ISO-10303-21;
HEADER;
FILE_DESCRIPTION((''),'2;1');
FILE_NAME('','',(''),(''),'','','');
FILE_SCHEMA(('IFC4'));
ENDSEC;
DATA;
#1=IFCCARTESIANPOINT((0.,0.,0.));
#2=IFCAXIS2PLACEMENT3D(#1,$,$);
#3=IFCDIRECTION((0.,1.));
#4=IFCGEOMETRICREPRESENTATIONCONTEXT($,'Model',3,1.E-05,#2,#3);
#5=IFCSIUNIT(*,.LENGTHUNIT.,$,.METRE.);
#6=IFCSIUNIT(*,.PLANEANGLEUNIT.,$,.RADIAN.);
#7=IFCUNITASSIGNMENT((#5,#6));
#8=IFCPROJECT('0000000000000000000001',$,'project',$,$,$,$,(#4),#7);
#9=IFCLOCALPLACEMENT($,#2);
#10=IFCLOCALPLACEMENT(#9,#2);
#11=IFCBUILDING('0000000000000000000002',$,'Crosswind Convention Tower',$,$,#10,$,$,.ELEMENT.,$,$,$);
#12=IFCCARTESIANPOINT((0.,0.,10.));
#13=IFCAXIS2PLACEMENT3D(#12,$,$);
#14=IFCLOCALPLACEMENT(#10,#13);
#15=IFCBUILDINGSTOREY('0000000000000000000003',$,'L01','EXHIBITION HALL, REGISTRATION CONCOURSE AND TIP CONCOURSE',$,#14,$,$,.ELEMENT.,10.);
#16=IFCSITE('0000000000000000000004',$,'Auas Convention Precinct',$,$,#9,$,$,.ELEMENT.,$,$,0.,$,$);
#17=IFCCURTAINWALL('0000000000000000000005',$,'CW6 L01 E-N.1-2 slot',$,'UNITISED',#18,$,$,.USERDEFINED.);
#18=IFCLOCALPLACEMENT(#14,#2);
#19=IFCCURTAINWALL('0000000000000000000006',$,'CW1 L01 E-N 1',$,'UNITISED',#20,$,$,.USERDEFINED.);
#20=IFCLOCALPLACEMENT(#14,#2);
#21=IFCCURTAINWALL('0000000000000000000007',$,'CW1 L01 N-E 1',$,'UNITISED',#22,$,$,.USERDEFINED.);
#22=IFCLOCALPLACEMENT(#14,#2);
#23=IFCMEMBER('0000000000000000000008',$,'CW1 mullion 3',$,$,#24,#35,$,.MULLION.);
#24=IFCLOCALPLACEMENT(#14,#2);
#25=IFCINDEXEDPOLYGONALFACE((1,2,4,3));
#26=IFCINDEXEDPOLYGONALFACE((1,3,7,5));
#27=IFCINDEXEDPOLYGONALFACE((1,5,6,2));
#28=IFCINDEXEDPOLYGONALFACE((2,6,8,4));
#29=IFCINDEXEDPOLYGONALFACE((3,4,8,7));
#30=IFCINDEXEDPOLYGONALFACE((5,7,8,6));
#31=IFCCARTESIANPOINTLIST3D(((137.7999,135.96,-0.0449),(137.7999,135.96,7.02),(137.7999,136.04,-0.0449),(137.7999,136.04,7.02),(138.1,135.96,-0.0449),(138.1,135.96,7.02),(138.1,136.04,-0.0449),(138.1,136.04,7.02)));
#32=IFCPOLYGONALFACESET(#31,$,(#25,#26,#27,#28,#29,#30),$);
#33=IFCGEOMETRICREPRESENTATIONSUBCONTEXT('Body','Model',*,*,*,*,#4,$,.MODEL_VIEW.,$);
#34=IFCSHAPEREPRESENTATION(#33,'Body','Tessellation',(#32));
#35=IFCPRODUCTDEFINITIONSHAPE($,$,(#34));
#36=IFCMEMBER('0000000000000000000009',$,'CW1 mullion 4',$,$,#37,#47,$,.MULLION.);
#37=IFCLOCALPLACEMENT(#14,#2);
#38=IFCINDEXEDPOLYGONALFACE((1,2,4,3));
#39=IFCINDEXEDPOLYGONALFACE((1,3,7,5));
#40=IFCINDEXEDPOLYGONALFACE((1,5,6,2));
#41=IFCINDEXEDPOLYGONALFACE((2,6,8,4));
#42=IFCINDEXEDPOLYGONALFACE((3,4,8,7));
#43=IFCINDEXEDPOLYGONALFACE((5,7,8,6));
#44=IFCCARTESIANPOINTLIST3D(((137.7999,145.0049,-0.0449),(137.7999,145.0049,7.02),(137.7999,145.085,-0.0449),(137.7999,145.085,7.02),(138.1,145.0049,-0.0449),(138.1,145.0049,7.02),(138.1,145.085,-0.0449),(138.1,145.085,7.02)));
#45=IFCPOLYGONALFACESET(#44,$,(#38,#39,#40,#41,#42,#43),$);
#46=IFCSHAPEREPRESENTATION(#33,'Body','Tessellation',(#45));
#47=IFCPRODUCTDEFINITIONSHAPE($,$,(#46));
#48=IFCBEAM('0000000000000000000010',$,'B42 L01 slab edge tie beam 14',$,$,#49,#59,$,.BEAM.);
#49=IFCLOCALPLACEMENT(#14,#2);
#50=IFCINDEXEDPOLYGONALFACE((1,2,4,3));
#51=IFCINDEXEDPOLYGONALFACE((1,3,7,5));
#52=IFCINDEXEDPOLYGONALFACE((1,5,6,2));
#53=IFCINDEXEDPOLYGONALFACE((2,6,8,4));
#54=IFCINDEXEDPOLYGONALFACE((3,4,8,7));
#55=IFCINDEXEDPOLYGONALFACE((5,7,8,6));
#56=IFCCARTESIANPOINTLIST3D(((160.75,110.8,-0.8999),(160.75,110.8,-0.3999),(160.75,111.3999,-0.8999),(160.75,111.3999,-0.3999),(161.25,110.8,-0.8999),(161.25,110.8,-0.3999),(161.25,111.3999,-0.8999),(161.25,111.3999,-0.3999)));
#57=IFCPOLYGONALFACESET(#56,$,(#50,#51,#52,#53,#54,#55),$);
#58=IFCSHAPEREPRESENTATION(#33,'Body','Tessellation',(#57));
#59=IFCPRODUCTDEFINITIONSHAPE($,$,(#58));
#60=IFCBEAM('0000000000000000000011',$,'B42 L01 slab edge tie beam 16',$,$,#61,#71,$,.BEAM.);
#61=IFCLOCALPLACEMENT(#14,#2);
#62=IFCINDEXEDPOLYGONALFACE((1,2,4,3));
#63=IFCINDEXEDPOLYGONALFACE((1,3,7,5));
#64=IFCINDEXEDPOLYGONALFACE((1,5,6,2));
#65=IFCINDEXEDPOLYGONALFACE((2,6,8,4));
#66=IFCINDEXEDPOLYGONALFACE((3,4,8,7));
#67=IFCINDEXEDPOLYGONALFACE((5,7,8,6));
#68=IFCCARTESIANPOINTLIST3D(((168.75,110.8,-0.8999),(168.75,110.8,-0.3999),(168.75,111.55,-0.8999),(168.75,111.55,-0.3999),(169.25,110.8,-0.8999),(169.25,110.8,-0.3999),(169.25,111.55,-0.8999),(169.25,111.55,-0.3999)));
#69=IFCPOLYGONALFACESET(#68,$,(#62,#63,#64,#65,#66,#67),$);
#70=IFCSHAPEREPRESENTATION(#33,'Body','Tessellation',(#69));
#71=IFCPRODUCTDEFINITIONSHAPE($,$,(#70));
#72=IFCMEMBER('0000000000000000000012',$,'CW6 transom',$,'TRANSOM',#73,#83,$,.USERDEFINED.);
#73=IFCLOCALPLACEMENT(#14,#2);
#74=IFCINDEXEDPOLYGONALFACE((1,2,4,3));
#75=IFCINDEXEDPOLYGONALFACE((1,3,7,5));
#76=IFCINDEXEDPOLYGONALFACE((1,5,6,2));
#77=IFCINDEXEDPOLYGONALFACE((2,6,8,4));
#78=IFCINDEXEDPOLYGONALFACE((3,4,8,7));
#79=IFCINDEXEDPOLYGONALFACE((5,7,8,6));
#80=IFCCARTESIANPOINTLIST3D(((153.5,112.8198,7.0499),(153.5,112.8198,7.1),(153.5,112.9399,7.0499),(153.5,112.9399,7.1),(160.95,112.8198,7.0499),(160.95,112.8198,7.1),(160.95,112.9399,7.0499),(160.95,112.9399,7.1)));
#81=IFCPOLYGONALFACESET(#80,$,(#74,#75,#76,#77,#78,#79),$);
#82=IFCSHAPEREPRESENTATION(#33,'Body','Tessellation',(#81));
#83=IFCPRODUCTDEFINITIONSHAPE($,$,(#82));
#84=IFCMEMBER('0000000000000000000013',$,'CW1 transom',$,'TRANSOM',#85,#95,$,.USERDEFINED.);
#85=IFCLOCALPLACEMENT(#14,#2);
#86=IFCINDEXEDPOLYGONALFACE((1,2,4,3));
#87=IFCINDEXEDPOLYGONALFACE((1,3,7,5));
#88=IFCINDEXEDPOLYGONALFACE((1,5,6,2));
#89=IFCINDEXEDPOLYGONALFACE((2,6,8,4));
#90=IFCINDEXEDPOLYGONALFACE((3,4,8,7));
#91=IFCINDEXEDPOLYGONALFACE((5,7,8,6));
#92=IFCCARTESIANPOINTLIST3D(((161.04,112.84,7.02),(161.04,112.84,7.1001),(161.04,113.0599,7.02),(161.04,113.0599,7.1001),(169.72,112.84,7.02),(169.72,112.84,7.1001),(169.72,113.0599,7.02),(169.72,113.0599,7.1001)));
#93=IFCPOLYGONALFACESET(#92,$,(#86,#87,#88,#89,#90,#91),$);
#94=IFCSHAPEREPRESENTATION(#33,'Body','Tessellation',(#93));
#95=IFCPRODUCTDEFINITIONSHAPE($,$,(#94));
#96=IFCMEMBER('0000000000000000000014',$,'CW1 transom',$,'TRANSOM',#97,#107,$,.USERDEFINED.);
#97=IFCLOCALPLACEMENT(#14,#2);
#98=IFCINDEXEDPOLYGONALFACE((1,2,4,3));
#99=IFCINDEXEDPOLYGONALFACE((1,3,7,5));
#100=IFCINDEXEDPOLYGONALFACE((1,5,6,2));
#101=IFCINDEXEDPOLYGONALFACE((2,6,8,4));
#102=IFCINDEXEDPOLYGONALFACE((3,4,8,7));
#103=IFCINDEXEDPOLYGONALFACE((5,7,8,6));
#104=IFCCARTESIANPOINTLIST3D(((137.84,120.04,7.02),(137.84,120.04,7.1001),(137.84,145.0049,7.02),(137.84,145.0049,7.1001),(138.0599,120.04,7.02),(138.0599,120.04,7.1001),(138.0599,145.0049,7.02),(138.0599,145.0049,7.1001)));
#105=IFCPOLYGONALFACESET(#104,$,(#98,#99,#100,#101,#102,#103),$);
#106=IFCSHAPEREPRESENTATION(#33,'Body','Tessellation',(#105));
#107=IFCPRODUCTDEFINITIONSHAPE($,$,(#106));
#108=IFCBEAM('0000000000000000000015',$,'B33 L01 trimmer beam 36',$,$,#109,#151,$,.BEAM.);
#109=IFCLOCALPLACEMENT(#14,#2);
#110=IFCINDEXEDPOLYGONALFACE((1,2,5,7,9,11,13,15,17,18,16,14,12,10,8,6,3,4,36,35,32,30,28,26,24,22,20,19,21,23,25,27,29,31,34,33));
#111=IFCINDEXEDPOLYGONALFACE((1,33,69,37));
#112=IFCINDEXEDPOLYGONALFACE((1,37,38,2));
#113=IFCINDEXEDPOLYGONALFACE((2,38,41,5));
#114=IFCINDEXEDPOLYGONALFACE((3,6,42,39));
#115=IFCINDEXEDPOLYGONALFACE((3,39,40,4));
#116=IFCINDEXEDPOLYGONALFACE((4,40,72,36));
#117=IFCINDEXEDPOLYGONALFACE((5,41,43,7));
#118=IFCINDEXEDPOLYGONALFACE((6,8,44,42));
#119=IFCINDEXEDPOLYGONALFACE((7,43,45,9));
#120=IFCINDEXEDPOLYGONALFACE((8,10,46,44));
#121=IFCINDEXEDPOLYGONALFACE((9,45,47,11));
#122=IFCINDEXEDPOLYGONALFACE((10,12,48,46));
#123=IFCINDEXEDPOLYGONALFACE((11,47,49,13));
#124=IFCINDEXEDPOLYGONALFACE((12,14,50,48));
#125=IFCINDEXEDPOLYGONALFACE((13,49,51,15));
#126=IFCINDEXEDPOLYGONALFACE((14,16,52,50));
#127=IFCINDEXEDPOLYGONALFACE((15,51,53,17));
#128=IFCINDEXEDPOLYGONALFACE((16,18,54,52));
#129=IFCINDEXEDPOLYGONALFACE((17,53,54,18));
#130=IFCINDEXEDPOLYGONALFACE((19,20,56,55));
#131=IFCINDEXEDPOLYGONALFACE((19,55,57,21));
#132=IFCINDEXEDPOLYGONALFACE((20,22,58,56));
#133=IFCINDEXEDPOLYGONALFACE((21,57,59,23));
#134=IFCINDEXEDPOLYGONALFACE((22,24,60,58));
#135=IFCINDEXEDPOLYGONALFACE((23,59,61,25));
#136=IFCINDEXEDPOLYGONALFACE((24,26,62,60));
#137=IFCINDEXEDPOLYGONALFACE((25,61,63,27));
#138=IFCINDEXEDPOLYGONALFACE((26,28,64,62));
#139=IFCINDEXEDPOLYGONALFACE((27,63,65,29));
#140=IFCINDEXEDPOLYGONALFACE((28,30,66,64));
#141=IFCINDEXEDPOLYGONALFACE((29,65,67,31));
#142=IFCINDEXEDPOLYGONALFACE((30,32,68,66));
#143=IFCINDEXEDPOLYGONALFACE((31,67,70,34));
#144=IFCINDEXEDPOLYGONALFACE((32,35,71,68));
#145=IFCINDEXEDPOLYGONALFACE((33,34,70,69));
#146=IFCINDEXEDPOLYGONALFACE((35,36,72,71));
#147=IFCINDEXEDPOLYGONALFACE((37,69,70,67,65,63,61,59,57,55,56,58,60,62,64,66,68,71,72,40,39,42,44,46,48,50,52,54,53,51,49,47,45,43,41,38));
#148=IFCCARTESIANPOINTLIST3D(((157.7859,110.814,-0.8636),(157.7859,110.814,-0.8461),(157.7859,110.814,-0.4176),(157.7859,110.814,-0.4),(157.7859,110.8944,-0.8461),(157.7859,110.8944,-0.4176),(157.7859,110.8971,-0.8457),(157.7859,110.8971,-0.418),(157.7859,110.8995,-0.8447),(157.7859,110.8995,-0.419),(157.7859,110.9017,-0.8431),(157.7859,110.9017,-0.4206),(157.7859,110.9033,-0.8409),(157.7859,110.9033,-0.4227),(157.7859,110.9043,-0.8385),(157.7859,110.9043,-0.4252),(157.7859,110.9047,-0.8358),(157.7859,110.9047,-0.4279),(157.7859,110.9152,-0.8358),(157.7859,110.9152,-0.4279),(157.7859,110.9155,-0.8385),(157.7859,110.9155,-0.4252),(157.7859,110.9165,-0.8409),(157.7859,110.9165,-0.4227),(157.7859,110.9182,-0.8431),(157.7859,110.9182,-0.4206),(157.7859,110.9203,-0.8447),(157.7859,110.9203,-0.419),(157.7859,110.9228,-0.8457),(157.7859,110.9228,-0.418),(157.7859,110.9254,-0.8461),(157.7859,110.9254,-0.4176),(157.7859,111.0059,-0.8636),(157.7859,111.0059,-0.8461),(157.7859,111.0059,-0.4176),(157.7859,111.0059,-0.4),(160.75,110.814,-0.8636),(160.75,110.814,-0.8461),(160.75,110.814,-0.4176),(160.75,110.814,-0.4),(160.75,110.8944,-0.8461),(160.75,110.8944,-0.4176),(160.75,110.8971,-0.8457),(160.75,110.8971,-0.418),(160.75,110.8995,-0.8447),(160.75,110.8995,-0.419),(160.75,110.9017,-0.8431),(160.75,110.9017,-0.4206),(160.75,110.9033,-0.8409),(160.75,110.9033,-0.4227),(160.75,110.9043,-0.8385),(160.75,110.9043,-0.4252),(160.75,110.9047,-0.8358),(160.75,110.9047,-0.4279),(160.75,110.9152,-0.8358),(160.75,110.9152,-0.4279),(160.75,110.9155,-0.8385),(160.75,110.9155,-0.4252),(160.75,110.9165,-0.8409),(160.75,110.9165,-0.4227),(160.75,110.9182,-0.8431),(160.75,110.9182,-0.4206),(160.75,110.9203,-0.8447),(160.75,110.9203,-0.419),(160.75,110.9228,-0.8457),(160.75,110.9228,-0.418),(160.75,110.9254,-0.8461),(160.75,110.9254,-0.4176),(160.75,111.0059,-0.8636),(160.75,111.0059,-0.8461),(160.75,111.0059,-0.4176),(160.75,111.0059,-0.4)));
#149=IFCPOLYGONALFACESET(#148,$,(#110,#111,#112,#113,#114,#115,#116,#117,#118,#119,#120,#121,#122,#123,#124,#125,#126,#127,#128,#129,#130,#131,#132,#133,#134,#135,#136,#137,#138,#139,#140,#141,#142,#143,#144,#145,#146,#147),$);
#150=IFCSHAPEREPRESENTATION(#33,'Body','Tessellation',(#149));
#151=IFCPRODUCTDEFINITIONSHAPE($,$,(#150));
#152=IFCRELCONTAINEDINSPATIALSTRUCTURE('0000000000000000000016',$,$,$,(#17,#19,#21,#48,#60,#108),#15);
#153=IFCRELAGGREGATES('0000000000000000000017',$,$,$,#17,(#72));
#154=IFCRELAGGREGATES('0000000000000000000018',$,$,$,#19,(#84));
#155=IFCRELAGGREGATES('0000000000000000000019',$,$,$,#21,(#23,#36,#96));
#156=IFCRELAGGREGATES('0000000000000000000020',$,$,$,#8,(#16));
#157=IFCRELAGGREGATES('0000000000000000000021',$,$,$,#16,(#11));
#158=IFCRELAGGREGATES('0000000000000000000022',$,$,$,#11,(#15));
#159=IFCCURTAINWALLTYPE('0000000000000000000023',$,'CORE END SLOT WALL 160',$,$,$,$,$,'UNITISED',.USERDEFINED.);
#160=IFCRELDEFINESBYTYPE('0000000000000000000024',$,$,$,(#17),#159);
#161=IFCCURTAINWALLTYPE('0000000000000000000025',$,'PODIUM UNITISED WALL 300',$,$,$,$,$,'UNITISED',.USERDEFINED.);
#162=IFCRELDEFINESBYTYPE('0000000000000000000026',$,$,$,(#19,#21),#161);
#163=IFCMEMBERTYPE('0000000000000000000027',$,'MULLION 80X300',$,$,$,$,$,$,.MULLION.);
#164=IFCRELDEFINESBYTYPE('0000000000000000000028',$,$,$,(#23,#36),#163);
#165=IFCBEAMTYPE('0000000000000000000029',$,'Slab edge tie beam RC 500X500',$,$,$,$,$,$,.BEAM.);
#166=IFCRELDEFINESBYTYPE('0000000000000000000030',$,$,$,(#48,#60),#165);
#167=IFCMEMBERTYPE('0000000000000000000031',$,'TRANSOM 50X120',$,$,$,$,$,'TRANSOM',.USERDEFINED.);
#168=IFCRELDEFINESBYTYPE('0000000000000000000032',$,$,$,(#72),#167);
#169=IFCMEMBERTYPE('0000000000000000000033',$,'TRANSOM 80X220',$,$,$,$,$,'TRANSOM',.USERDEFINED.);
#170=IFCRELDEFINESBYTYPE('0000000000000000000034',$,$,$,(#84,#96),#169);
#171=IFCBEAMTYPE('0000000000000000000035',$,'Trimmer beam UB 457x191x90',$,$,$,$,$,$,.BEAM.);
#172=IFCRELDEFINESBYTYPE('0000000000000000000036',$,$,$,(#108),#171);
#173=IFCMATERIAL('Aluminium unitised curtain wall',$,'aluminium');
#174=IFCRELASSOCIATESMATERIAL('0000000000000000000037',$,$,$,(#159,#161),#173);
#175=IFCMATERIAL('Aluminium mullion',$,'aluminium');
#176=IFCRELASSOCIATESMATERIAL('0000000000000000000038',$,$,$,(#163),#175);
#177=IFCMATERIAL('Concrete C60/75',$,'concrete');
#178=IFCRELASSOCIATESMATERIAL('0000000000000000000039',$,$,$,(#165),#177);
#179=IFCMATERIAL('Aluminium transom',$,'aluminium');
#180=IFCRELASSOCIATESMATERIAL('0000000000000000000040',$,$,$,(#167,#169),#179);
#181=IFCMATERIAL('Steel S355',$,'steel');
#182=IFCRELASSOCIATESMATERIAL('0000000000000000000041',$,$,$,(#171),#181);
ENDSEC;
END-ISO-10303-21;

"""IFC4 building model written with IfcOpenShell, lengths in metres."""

from ifc_helpers import new_model, si_unit, direction, frame, origin, origin_2d, place, context, subcontext, project, spatial, rectangle, i_section, extrude, material, material_profile, profile_set, type_object, element, aggregate, save


model = new_model("IFC4")

# Units and contexts
model_context = context("Model", 3, precision=1e-05, world=origin(), true_north=direction((0.0, 1.0)))
body_context = subcontext(model_context, "Body", "Model", "MODEL_VIEW")
ifc_project = project(units=[si_unit("LENGTHUNIT", "METRE"), si_unit("PLANEANGLEUNIT", "RADIAN")], contexts=[model_context])

# Site, building, storey
site_placement = place(None, origin())
site = spatial("IfcSite", under=ifc_project, at=site_placement, Name="Auas Convention Precinct", CompositionType="ELEMENT", RefElevation=0.0)
building_placement = place(site_placement, origin())
building = spatial("IfcBuilding", under=site, at=building_placement, Name="Crosswind Convention Tower", CompositionType="ELEMENT")
storey_placement = place(building_placement, frame((0.0, 0.0, 10.0)))
storey = spatial("IfcBuildingStorey", under=building, at=storey_placement, Name="L01", Description="EXHIBITION HALL, REGISTRATION CONCOURSE AND TIP CONCOURSE", CompositionType="ELEMENT", Elevation=10.0)

# Shared definitions
ifc_material_1 = material(Name="Concrete C60/75", Category="concrete")

# Shared definitions
ifc_material_2 = material(Name="Steel S355", Category="steel")

# Curtain walls, members
ifc_material_3 = material(Name="Aluminium unitised curtain wall", Category="aluminium")
curtain_wall_type_1 = type_object("IfcCurtainWallType", Name="CORE END SLOT WALL 160", ElementType="UNITISED", PredefinedType="USERDEFINED", material=ifc_material_3)
curtain_wall_1_placement = place(storey_placement, origin())
curtain_wall_1 = element("IfcCurtainWall", 1, at=curtain_wall_1_placement, inside=storey, type_object=curtain_wall_type_1, Name="CW6 L01 E-N.1-2 slot", ObjectType="UNITISED", PredefinedType="USERDEFINED")
ifc_material_4 = material(Name="Aluminium mullion", Category="aluminium")
curtain_wall_type_2 = type_object("IfcCurtainWallType", Name="PODIUM UNITISED WALL 300", ElementType="UNITISED", PredefinedType="USERDEFINED", material=ifc_material_3)
curtain_wall_2_placement = place(storey_placement, origin())
curtain_wall_2 = element("IfcCurtainWall", 2, at=curtain_wall_2_placement, inside=storey, type_object=curtain_wall_type_2, Name="CW1 L01 E-N 1", ObjectType="UNITISED", PredefinedType="USERDEFINED")
ifc_material_profile_1 = material_profile(ifc_material_4, rectangle(XDim=0.3, YDim=0.0801, at=origin_2d()), Name="AL 300X80")
ifc_profile_set_1 = profile_set([ifc_material_profile_1], Name="Aluminium mullion")
member_type_1 = type_object("IfcMemberType", Name="MULLION 80X300", PredefinedType="MULLION", material=ifc_profile_set_1)
curtain_wall_3_placement = place(storey_placement, origin())
curtain_wall_3 = element("IfcCurtainWall", 3, at=curtain_wall_3_placement, inside=storey, type_object=curtain_wall_type_2, Name="CW1 L01 N-E 1", ObjectType="UNITISED", PredefinedType="USERDEFINED")
member_1_placement = place(storey_placement, frame((137.95, 136.0, -0.0449), z_axis=(0.0, 0.0, 1.0), x_axis=(1.0, 0.0, 0.0)))
member_1 = element("IfcMember", 4, at=member_1_placement, type_object=member_type_1, Name="CW1 mullion 3", PredefinedType="MULLION", context=body_context, shape_type="SweptSolid", body=[
    extrude(rectangle(XDim=0.3, YDim=0.0801, at=origin_2d()), origin(), (0.0, 0.0, 1.0), 7.0649),
])
member_2_placement = place(storey_placement, frame((137.95, 145.0449, -0.0449), z_axis=(0.0, 0.0, 1.0), x_axis=(1.0, 0.0, 0.0)))
member_2 = element("IfcMember", 5, at=member_2_placement, type_object=member_type_1, Name="CW1 mullion 4", PredefinedType="MULLION", context=body_context, shape_type="SweptSolid", body=[
    extrude(rectangle(XDim=0.3, YDim=0.0801, at=origin_2d()), origin(), (0.0, 0.0, 1.0), 7.0649),
])

# Beams
ifc_material_profile_2 = material_profile(ifc_material_1, rectangle(XDim=0.5, YDim=0.5, at=origin_2d()), Name="RC 500X500")
ifc_profile_set_2 = profile_set([ifc_material_profile_2], Name="Concrete C60/75")
beam_type_1 = type_object("IfcBeamType", Name="Slab edge tie beam RC 500X500", PredefinedType="BEAM", material=ifc_profile_set_2)
beam_1_placement = place(storey_placement, frame((161.0, 110.8, -0.6499), z_axis=(0.0, 1.0, 0.0), x_axis=(-1.0, 0.0, 0.0)))
element("IfcBeam", 6, at=beam_1_placement, inside=storey, type_object=beam_type_1, Name="B42 L01 slab edge tie beam 14", PredefinedType="BEAM", context=body_context, shape_type="SweptSolid", body=[
    extrude(rectangle(XDim=0.5, YDim=0.5, at=origin_2d()), origin(), (0.0, 0.0, 1.0), 0.5999),
])
beam_2_placement = place(storey_placement, frame((169.0, 110.8, -0.6499), z_axis=(0.0, 1.0, 0.0), x_axis=(-1.0, 0.0, 0.0)))
element("IfcBeam", 7, at=beam_2_placement, inside=storey, type_object=beam_type_1, Name="B42 L01 slab edge tie beam 16", PredefinedType="BEAM", context=body_context, shape_type="SweptSolid", body=[
    extrude(rectangle(XDim=0.5, YDim=0.5, at=origin_2d()), origin(), (0.0, 0.0, 1.0), 0.75),
])

# Members
ifc_material_5 = material(Name="Aluminium transom", Category="aluminium")
ifc_material_profile_3 = material_profile(ifc_material_5, rectangle(XDim=0.1201, YDim=0.05, at=origin_2d()), Name="AL 120X50")
ifc_profile_set_3 = profile_set([ifc_material_profile_3], Name="Aluminium transom")
member_type_2 = type_object("IfcMemberType", Name="TRANSOM 50X120", ElementType="TRANSOM", PredefinedType="USERDEFINED", material=ifc_profile_set_3)
member_3_placement = place(storey_placement, frame((160.95, 112.8799, 7.075), z_axis=(-1.0, 0.0, 0.0), x_axis=(0.0, -1.0, 0.0)))
member_3 = element("IfcMember", 8, at=member_3_placement, type_object=member_type_2, Name="CW6 transom", ObjectType="TRANSOM", PredefinedType="USERDEFINED", context=body_context, shape_type="SweptSolid", body=[
    extrude(rectangle(XDim=0.1201, YDim=0.05, at=origin_2d()), origin(), (0.0, 0.0, 1.0), 7.45),
])
ifc_material_profile_4 = material_profile(ifc_material_5, rectangle(XDim=0.22, YDim=0.0801, at=origin_2d()), Name="AL 220X80")
ifc_profile_set_4 = profile_set([ifc_material_profile_4], Name="Aluminium transom")
member_type_3 = type_object("IfcMemberType", Name="TRANSOM 80X220", ElementType="TRANSOM", PredefinedType="USERDEFINED", material=ifc_profile_set_4)
member_4_placement = place(storey_placement, frame((169.72, 112.95, 7.0601), z_axis=(-1.0, 0.0, 0.0), x_axis=(0.0, -1.0, 0.0)))
member_4 = element("IfcMember", 9, at=member_4_placement, type_object=member_type_3, Name="CW1 transom", ObjectType="TRANSOM", PredefinedType="USERDEFINED", context=body_context, shape_type="SweptSolid", body=[
    extrude(rectangle(XDim=0.22, YDim=0.0801, at=origin_2d()), origin(), (0.0, 0.0, 1.0), 8.6799),
])
member_5_placement = place(storey_placement, frame((137.95, 120.04, 7.0601), z_axis=(0.0, 1.0, 0.0), x_axis=(-1.0, 0.0, 0.0)))
member_5 = element("IfcMember", 10, at=member_5_placement, type_object=member_type_3, Name="CW1 transom", ObjectType="TRANSOM", PredefinedType="USERDEFINED", context=body_context, shape_type="SweptSolid", body=[
    extrude(rectangle(XDim=0.22, YDim=0.0801, at=origin_2d()), origin(), (0.0, 0.0, 1.0), 24.9648),
])

# Beam
ifc_material_profile_5 = material_profile(ifc_material_2, i_section(OverallWidth=0.1919, OverallDepth=0.4636, WebThickness=0.0105, FlangeThickness=0.0176, FilletRadius=0.0103, at=origin_2d()), Name="UB 457x191x90")
ifc_profile_set_5 = profile_set([ifc_material_profile_5], Name="Steel S355")
beam_type_2 = type_object("IfcBeamType", Name="Trimmer beam UB 457x191x90", PredefinedType="BEAM", material=ifc_profile_set_5)
beam_3_placement = place(storey_placement, frame((157.7859, 110.9099, -0.6318), z_axis=(1.0, 0.0, 0.0), x_axis=(0.0, 1.0, 0.0)))
element("IfcBeam", 11, at=beam_3_placement, inside=storey, type_object=beam_type_2, Name="B33 L01 trimmer beam 36", PredefinedType="BEAM", context=body_context, shape_type="SweptSolid", body=[
    extrude(i_section(OverallWidth=0.1919, OverallDepth=0.4636, WebThickness=0.0105, FlangeThickness=0.0176, FilletRadius=0.0103, at=origin_2d()), origin(), (0.0, 0.0, 1.0), 2.9641),
])

aggregate(curtain_wall_1, [member_3])

aggregate(curtain_wall_2, [member_4])
aggregate(curtain_wall_3, [member_1, member_2, member_5])

save(model, "model.ifc")
